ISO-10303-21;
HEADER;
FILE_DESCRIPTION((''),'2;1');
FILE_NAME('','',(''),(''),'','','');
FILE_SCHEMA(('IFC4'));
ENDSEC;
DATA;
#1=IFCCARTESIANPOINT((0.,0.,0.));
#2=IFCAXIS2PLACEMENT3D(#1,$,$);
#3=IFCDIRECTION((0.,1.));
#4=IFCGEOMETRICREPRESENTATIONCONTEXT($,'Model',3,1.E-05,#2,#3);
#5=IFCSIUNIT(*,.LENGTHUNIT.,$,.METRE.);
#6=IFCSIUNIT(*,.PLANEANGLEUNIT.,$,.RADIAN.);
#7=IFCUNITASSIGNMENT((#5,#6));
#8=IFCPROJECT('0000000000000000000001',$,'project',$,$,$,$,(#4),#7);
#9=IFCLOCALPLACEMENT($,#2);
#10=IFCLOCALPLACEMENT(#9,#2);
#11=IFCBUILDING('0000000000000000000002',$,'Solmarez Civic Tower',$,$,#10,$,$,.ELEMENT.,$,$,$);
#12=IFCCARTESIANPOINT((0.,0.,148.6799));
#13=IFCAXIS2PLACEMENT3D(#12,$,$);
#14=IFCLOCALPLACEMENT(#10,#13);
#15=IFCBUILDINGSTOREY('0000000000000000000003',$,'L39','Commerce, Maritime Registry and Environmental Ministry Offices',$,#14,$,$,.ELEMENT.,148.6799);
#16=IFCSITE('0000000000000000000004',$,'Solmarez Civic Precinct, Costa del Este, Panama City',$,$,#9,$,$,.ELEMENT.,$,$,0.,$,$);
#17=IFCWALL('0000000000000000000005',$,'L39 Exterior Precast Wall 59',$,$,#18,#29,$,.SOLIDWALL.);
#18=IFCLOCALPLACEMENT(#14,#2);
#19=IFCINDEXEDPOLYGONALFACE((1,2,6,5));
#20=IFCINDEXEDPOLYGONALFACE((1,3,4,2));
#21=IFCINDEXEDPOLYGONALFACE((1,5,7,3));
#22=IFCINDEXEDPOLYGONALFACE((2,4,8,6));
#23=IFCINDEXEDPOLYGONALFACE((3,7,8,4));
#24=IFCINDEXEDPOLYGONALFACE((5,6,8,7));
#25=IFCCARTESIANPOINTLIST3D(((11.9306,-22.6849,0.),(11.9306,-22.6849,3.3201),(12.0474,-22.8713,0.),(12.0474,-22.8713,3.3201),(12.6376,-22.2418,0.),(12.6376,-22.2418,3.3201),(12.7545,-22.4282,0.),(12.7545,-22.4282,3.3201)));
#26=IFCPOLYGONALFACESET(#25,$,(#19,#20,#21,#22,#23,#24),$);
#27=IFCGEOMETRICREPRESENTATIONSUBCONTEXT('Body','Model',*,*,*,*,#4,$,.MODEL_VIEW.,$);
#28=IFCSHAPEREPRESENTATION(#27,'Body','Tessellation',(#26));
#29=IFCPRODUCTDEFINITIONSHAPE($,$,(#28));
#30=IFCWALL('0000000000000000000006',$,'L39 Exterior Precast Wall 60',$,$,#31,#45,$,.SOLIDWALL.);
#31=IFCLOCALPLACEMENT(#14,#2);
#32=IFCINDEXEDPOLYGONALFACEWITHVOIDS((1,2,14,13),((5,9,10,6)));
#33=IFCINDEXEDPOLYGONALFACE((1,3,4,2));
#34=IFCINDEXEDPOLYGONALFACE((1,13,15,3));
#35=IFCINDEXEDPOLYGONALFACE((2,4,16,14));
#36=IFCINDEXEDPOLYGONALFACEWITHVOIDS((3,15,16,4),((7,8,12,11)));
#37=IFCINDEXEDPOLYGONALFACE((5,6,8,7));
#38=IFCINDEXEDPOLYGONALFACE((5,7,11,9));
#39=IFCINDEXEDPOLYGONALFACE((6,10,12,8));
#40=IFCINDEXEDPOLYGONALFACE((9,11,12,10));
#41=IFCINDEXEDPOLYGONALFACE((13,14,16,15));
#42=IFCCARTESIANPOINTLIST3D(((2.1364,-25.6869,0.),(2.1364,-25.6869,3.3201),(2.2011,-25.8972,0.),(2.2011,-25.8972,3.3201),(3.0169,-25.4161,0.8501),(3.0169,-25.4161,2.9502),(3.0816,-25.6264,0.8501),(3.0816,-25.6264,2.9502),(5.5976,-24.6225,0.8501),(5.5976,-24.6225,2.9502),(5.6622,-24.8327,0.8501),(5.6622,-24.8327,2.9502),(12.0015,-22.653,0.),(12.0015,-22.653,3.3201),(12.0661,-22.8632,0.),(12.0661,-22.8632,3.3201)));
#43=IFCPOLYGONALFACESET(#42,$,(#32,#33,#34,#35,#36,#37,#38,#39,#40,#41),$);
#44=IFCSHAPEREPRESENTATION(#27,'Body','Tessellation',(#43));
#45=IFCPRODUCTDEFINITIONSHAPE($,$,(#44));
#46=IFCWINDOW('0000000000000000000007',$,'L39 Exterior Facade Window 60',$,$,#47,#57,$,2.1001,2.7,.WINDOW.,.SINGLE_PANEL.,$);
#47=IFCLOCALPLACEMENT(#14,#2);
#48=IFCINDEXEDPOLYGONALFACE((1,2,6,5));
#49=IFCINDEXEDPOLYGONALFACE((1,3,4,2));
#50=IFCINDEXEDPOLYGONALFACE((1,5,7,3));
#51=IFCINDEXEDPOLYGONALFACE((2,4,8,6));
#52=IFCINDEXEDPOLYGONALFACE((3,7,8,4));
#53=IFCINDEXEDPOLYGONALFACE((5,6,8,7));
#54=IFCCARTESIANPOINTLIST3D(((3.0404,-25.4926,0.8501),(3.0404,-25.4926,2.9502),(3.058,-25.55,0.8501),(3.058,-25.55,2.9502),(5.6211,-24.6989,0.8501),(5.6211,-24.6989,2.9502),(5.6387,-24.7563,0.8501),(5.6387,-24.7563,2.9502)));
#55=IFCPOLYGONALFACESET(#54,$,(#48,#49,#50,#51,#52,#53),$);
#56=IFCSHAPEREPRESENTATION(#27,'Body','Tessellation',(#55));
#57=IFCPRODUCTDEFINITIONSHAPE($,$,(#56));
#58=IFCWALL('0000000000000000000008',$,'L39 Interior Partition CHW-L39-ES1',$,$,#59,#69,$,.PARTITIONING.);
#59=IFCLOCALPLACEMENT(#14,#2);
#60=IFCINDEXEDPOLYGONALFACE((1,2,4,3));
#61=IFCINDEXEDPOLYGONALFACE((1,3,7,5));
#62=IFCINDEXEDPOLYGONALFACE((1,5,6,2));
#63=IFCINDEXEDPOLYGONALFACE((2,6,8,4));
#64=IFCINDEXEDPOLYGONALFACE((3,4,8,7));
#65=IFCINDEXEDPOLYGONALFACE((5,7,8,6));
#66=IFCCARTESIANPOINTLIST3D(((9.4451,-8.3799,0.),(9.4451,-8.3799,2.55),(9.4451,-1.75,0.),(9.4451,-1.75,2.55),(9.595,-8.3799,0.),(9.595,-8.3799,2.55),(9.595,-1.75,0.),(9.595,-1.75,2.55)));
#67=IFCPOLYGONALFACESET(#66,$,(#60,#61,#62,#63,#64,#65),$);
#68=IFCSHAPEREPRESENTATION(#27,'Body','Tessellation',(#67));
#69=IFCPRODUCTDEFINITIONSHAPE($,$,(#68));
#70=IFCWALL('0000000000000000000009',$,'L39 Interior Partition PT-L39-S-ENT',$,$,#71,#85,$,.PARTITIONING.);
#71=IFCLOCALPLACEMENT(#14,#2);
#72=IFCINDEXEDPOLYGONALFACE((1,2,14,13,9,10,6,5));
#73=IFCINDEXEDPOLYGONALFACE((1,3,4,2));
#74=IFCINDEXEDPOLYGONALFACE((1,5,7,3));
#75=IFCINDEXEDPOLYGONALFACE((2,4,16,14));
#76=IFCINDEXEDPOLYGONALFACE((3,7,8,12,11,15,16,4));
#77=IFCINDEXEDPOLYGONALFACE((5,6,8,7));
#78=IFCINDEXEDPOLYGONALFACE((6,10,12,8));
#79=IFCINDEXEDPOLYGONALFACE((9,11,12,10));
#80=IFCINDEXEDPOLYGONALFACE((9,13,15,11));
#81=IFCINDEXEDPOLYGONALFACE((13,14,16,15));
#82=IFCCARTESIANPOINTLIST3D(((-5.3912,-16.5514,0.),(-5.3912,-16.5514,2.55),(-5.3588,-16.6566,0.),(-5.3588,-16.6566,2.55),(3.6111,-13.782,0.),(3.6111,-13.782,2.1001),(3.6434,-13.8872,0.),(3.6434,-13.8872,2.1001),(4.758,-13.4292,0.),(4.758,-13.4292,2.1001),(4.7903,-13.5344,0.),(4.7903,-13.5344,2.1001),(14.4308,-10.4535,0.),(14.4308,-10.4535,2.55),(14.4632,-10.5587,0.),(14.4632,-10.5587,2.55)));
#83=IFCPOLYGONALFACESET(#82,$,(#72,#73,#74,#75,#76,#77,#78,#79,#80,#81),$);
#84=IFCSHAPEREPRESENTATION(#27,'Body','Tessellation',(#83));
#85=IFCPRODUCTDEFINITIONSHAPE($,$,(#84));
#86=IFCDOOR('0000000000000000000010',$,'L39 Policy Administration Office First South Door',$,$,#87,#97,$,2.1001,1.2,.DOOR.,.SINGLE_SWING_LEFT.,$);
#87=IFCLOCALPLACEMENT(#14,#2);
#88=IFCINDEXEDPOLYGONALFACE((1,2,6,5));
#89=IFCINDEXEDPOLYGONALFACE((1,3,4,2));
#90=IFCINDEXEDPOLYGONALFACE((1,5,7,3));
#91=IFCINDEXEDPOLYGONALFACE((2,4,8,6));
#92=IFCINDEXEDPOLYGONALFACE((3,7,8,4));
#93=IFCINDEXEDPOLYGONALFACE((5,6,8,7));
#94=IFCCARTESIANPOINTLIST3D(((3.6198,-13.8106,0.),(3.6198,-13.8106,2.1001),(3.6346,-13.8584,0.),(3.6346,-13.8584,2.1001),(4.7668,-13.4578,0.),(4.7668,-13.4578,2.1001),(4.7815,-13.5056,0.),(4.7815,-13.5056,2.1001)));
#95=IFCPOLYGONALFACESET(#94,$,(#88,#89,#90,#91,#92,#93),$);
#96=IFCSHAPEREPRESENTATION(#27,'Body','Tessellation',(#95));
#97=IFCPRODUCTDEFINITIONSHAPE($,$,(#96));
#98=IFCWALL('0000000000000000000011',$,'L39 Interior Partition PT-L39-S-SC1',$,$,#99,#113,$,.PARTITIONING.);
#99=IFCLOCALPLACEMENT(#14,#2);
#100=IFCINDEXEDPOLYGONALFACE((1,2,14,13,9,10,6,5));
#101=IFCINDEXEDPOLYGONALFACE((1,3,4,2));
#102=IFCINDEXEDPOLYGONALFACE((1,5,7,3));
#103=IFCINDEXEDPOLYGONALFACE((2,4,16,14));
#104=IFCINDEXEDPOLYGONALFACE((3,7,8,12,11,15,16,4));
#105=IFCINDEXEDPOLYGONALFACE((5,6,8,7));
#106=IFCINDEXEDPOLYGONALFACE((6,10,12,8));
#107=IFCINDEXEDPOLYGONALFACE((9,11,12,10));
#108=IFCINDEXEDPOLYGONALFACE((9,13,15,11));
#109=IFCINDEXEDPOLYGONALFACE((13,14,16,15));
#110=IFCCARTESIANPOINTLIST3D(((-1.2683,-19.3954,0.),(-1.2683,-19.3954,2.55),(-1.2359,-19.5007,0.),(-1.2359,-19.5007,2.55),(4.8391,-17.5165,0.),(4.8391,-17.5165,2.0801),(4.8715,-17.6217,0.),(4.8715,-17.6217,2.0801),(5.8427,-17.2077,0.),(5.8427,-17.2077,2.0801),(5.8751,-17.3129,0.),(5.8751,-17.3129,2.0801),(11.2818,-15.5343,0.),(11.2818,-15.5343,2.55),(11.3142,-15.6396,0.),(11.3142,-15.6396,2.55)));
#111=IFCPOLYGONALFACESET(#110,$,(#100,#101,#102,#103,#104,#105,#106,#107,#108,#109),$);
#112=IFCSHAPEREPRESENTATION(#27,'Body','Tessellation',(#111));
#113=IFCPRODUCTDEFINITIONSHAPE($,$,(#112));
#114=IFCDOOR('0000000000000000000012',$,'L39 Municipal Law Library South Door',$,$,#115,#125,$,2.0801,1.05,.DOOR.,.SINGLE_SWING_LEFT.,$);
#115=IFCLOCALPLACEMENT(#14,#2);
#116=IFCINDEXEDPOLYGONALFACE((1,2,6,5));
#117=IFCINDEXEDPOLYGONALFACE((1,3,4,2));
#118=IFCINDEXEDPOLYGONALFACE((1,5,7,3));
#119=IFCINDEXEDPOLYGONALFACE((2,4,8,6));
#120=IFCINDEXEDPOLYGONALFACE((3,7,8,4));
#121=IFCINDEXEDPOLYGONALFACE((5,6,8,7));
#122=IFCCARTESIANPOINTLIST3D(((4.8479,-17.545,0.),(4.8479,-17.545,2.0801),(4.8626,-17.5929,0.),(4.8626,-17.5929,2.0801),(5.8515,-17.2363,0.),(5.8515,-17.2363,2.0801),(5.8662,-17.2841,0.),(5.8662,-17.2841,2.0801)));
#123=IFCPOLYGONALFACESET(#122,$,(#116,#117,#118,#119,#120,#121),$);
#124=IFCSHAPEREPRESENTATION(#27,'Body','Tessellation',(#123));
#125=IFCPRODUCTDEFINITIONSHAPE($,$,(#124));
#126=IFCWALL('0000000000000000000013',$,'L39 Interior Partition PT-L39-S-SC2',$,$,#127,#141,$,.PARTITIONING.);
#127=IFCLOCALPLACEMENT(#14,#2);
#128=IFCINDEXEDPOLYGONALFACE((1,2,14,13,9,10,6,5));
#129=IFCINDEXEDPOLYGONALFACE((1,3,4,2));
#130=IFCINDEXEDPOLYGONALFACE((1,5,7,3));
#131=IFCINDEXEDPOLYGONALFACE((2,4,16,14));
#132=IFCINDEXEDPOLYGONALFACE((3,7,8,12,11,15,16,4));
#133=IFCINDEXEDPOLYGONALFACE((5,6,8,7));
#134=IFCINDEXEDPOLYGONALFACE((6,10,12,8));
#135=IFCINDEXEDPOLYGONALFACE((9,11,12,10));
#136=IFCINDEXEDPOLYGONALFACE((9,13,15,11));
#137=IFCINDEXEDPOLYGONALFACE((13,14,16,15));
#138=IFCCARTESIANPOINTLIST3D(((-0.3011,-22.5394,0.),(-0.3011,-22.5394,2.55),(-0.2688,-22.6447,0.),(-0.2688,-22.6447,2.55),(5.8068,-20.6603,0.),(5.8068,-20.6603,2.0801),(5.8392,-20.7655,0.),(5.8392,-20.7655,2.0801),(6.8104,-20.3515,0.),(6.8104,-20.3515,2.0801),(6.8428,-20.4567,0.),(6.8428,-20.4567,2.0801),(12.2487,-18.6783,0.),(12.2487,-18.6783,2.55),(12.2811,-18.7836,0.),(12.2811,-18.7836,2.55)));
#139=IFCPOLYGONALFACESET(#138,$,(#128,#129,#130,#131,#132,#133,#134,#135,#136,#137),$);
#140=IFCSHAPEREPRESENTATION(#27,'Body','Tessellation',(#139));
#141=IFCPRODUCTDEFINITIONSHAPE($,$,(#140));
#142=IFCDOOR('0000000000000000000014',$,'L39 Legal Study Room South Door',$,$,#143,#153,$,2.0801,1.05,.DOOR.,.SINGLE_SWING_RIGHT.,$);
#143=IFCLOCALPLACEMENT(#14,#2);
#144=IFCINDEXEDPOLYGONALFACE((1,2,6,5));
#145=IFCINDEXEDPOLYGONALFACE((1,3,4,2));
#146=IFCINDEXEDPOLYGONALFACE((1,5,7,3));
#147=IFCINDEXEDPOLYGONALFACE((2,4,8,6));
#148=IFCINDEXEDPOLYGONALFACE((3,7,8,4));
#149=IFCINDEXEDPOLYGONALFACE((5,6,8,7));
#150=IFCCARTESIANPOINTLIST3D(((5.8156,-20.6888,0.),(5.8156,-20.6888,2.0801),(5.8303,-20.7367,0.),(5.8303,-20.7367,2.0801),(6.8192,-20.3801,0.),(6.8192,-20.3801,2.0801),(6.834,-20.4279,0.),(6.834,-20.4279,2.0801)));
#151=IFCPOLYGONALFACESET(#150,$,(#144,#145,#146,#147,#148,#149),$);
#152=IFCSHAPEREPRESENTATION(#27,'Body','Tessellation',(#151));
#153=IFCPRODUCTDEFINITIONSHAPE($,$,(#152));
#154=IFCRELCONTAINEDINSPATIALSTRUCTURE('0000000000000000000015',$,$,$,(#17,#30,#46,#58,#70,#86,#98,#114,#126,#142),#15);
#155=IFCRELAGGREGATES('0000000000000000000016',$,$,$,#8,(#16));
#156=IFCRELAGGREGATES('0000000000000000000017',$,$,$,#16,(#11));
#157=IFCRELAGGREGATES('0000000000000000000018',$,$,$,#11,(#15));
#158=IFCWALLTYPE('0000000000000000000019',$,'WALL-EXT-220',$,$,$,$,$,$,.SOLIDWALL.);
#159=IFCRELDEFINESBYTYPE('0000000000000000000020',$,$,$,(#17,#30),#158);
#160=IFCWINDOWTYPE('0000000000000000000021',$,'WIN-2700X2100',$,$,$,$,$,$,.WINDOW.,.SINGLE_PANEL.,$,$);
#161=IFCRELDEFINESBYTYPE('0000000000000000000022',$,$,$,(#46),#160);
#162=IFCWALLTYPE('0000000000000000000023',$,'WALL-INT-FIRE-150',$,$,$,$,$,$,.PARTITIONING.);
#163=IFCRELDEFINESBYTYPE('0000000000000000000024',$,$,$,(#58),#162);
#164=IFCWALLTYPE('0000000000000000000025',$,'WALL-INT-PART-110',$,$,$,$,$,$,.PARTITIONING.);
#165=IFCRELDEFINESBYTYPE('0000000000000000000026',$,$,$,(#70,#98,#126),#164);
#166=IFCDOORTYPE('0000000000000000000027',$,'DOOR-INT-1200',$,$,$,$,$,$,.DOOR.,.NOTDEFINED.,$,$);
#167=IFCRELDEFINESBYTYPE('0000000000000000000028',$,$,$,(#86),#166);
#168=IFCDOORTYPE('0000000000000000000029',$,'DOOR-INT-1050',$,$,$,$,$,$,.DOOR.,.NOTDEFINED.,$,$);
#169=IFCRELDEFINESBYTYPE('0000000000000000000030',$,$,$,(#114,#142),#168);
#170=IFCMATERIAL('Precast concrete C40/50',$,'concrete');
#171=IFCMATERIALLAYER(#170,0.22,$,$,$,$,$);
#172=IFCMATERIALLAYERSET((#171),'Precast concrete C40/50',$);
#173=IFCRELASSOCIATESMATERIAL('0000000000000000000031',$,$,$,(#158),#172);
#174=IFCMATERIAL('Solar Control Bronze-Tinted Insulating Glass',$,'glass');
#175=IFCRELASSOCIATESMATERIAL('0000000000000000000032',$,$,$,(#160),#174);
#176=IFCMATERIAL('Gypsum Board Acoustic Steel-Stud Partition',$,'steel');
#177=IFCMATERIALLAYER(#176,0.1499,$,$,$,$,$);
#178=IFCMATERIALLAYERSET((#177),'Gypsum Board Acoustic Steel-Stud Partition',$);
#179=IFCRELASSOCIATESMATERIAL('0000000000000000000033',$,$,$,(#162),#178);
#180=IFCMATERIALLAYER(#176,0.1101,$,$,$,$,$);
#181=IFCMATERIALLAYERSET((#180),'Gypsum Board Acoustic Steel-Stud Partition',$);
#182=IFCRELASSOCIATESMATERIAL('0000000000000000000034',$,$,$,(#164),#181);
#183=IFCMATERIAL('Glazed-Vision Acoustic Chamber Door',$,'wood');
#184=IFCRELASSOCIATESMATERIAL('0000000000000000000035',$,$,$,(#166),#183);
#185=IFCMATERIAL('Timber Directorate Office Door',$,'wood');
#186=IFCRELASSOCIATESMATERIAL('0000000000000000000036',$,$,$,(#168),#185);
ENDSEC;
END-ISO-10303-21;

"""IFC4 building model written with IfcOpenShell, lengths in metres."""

from ifc_helpers import new_model, si_unit, direction, frame, frame_2d, origin, place, context, subcontext, project, spatial, rectangle, extrude, material, layer, layer_set, type_object, element, fill, save


model = new_model("IFC4")

# Units and contexts
model_context = context("Model", 3, precision=1e-05, world=origin(), true_north=direction((0.0, 1.0)))
body_context = subcontext(model_context, "Body", "Model", "MODEL_VIEW")
ifc_project = project(units=[si_unit("LENGTHUNIT", "METRE"), si_unit("PLANEANGLEUNIT", "RADIAN")], contexts=[model_context])

# Site, building, storey
site_placement = place(None, origin())
site = spatial("IfcSite", under=ifc_project, at=site_placement, Name="Solmarez Civic Precinct, Costa del Este, Panama City", CompositionType="ELEMENT", RefElevation=0.0)
building_placement = place(site_placement, origin())
building = spatial("IfcBuilding", under=site, at=building_placement, Name="Solmarez Civic Tower", CompositionType="ELEMENT")
storey_placement = place(building_placement, frame((0.0, 0.0, 148.6799)))
storey = spatial("IfcBuildingStorey", under=building, at=storey_placement, Name="L39", Description="Commerce, Maritime Registry and Environmental Ministry Offices", CompositionType="ELEMENT", Elevation=148.6799)

# Shared definitions
ifc_material_1 = material(Name="Precast concrete C40/50", Category="concrete")
ifc_layer_1 = layer(ifc_material_1, 0.22)
ifc_layer_set_1 = layer_set([ifc_layer_1], Name="Precast concrete C40/50")
wall_type_1 = type_object("IfcWallType", Name="WALL-EXT-220", PredefinedType="SOLIDWALL", material=ifc_layer_set_1)

# Shared definitions
ifc_material_2 = material(Name="Solar Control Bronze-Tinted Insulating Glass", Category="glass")

# Wall
wall_1_placement = place(storey_placement, frame((12.696, -22.335, 0.0), z_axis=(0.0, 0.0, 1.0), x_axis=(-0.84734, -0.531051, 0.0)))
element("IfcWall", 1, at=wall_1_placement, inside=storey, type_object=wall_type_1, Name="L39 Exterior Precast Wall 59", PredefinedType="SOLIDWALL", context=body_context, shape_type="SweptSolid", body=[
    extrude(rectangle(XDim=0.8345, YDim=0.22, at=frame_2d((0.4172, 0.0))), origin(), (0.0, 0.0, 1.0), 3.3201),
])

# Wall, opening, window
wall_2_placement = place(storey_placement, frame((12.0339, -22.7581, 0.0), z_axis=(0.0, 0.0, 1.0), x_axis=(-0.955818, -0.293958, 0.0)))
wall_2 = element("IfcWall", 2, at=wall_2_placement, inside=storey, type_object=wall_type_1, Name="L39 Exterior Precast Wall 60", PredefinedType="SOLIDWALL", context=body_context, shape_type="SweptSolid", body=[
    extrude(rectangle(XDim=10.321, YDim=0.22, at=frame_2d((5.1606, 0.0))), origin(), (0.0, 0.0, 1.0), 3.3201),
])
opening_1_placement = place(wall_2_placement, frame((6.7, 0.0, 0.8501)))
opening_1 = element("IfcOpeningElement", 3, at=opening_1_placement, cuts=wall_2, PredefinedType="OPENING", context=body_context, shape_type="SweptSolid", body=[
    extrude(rectangle(XDim=2.7, YDim=2.1001, at=frame_2d((1.3501, 1.05))), frame((0.0, 0.1199, 0.0), z_axis=(0.0, -1.0, 0.0), x_axis=(1.0, 0.0, 0.0)), (0.0, 0.0, 1.0), 0.24),
])
window_type_1 = type_object("IfcWindowType", Name="WIN-2700X2100", PartitioningType="SINGLE_PANEL", PredefinedType="WINDOW", material=ifc_material_2)
window_1_placement = place(opening_1_placement, origin())
window_1 = element("IfcWindow", 4, at=window_1_placement, inside=storey, type_object=window_type_1, Name="L39 Exterior Facade Window 60", OverallHeight=2.1001, OverallWidth=2.7, PartitioningType="SINGLE_PANEL", PredefinedType="WINDOW", context=body_context, shape_type="SweptSolid", body=[
    extrude(rectangle(XDim=2.7, YDim=2.1001, at=frame_2d((1.3501, 1.05))), frame((0.0, 0.03, 0.0), z_axis=(0.0, -1.0, 0.0), x_axis=(1.0, 0.0, 0.0)), (0.0, 0.0, 1.0), 0.0601),
])
fill(opening_1, window_1)

# Wall
ifc_material_3 = material(Name="Gypsum Board Acoustic Steel-Stud Partition", Category="steel")
ifc_layer_2 = layer(ifc_material_3, 0.1499)
ifc_layer_set_2 = layer_set([ifc_layer_2], Name="Gypsum Board Acoustic Steel-Stud Partition")
wall_type_2 = type_object("IfcWallType", Name="WALL-INT-FIRE-150", PredefinedType="PARTITIONING", material=ifc_layer_set_2)
wall_3_placement = place(storey_placement, frame((9.52, -8.3799, 0.0), z_axis=(0.0, 0.0, 1.0), x_axis=(0.0, 1.0, 0.0)))
element("IfcWall", 5, at=wall_3_placement, inside=storey, type_object=wall_type_2, Name="L39 Interior Partition CHW-L39-ES1", PredefinedType="PARTITIONING", context=body_context, shape_type="SweptSolid", body=[
    extrude(rectangle(XDim=6.6299, YDim=0.1499, at=frame_2d((3.3149, 0.0))), origin(), (0.0, 0.0, 1.0), 2.55),
])

# Walls, openings, doors
ifc_layer_3 = layer(ifc_material_3, 0.1101)
ifc_layer_set_3 = layer_set([ifc_layer_3], Name="Gypsum Board Acoustic Steel-Stud Partition")
wall_type_3 = type_object("IfcWallType", Name="WALL-INT-PART-110", PredefinedType="PARTITIONING", material=ifc_layer_set_3)
wall_4_placement = place(storey_placement, frame((14.447, -10.5061, 0.0), z_axis=(0.0, 0.0, 1.0), x_axis=(-0.955795, -0.294034, 0.0)))
wall_4 = element("IfcWall", 6, at=wall_4_placement, inside=storey, type_object=wall_type_3, Name="L39 Interior Partition PT-L39-S-ENT", PredefinedType="PARTITIONING", context=body_context, shape_type="SweptSolid", body=[
    extrude(rectangle(XDim=20.7388, YDim=0.1101, at=frame_2d((10.3694, 0.0))), origin(), (0.0, 0.0, 1.0), 2.55),
])
opening_2_placement = place(wall_4_placement, frame((10.1201, 0.0, 0.0)))
opening_2 = element("IfcOpeningElement", 7, at=opening_2_placement, cuts=wall_4, PredefinedType="OPENING", context=body_context, shape_type="SweptSolid", body=[
    extrude(rectangle(XDim=1.2, YDim=2.1001, at=frame_2d((0.6001, 1.05))), frame((0.0, 0.0649, 0.0), z_axis=(0.0, -1.0, 0.0), x_axis=(1.0, 0.0, 0.0)), (0.0, 0.0, 1.0), 0.1301),
])
ifc_material_4 = material(Name="Glazed-Vision Acoustic Chamber Door", Category="wood")
door_type_1 = type_object("IfcDoorType", Name="DOOR-INT-1200", OperationType="NOTDEFINED", PredefinedType="DOOR", material=ifc_material_4)
door_1_placement = place(opening_2_placement, origin())
door_1 = element("IfcDoor", 8, at=door_1_placement, inside=storey, type_object=door_type_1, Name="L39 Policy Administration Office First South Door", OperationType="SINGLE_SWING_LEFT", OverallHeight=2.1001, OverallWidth=1.2, PredefinedType="DOOR", context=body_context, shape_type="SweptSolid", body=[
    extrude(rectangle(XDim=1.2, YDim=2.1001, at=frame_2d((0.6001, 1.05))), frame((0.0, 0.0249, 0.0), z_axis=(0.0, -1.0, 0.0), x_axis=(1.0, 0.0, 0.0)), (0.0, 0.0, 1.0), 0.05),
])
fill(opening_2, door_1)
wall_5_placement = place(storey_placement, frame((11.2981, -15.5869, 0.0), z_axis=(0.0, 0.0, 1.0), x_axis=(-0.955789, -0.294053, 0.0)))
wall_5 = element("IfcWall", 9, at=wall_5_placement, inside=storey, type_object=wall_type_3, Name="L39 Interior Partition PT-L39-S-SC1", PredefinedType="PARTITIONING", context=body_context, shape_type="SweptSolid", body=[
    extrude(rectangle(XDim=13.1306, YDim=0.1101, at=frame_2d((6.5654, 0.0))), origin(), (0.0, 0.0, 1.0), 2.55),
])
opening_3_placement = place(wall_5_placement, frame((5.6909, 0.0, 0.0)))
opening_3 = element("IfcOpeningElement", 10, at=opening_3_placement, cuts=wall_5, PredefinedType="OPENING", context=body_context, shape_type="SweptSolid", body=[
    extrude(rectangle(XDim=1.05, YDim=2.0801, at=frame_2d((0.5249, 1.04))), frame((0.0, 0.0649, 0.0), z_axis=(0.0, -1.0, 0.0), x_axis=(1.0, 0.0, 0.0)), (0.0, 0.0, 1.0), 0.1301),
])
ifc_material_5 = material(Name="Timber Directorate Office Door", Category="wood")
door_type_2 = type_object("IfcDoorType", Name="DOOR-INT-1050", OperationType="NOTDEFINED", PredefinedType="DOOR", material=ifc_material_5)
door_2_placement = place(opening_3_placement, origin())
door_2 = element("IfcDoor", 11, at=door_2_placement, inside=storey, type_object=door_type_2, Name="L39 Municipal Law Library South Door", OperationType="SINGLE_SWING_LEFT", OverallHeight=2.0801, OverallWidth=1.05, PredefinedType="DOOR", context=body_context, shape_type="SweptSolid", body=[
    extrude(rectangle(XDim=1.05, YDim=2.0801, at=frame_2d((0.5249, 1.04))), frame((0.0, 0.0249, 0.0), z_axis=(0.0, -1.0, 0.0), x_axis=(1.0, 0.0, 0.0)), (0.0, 0.0, 1.0), 0.05),
])
fill(opening_3, door_2)
wall_6_placement = place(storey_placement, frame((12.2649, -18.731, 0.0), z_axis=(0.0, 0.0, 1.0), x_axis=(-0.955787, -0.294058, 0.0)))
wall_6 = element("IfcWall", 12, at=wall_6_placement, inside=storey, type_object=wall_type_3, Name="L39 Interior Partition PT-L39-S-SC2", PredefinedType="PARTITIONING", context=body_context, shape_type="SweptSolid", body=[
    extrude(rectangle(XDim=13.1304, YDim=0.1101, at=frame_2d((6.5652, 0.0))), origin(), (0.0, 0.0, 1.0), 2.55),
])
opening_4_placement = place(wall_6_placement, frame((5.6899, 0.0, 0.0)))
opening_4 = element("IfcOpeningElement", 13, at=opening_4_placement, cuts=wall_6, PredefinedType="OPENING", context=body_context, shape_type="SweptSolid", body=[
    extrude(rectangle(XDim=1.05, YDim=2.0801, at=frame_2d((0.5249, 1.04))), frame((0.0, 0.0649, 0.0), z_axis=(0.0, -1.0, 0.0), x_axis=(1.0, 0.0, 0.0)), (0.0, 0.0, 1.0), 0.1301),
])
door_3_placement = place(opening_4_placement, origin())
door_3 = element("IfcDoor", 14, at=door_3_placement, inside=storey, type_object=door_type_2, Name="L39 Legal Study Room South Door", OperationType="SINGLE_SWING_RIGHT", OverallHeight=2.0801, OverallWidth=1.05, PredefinedType="DOOR", context=body_context, shape_type="SweptSolid", body=[
    extrude(rectangle(XDim=1.05, YDim=2.0801, at=frame_2d((0.5249, 1.04))), frame((0.0, 0.0249, 0.0), z_axis=(0.0, -1.0, 0.0), x_axis=(1.0, 0.0, 0.0)), (0.0, 0.0, 1.0), 0.05),
])
fill(opening_4, door_3)

save(model, "model.ifc")
